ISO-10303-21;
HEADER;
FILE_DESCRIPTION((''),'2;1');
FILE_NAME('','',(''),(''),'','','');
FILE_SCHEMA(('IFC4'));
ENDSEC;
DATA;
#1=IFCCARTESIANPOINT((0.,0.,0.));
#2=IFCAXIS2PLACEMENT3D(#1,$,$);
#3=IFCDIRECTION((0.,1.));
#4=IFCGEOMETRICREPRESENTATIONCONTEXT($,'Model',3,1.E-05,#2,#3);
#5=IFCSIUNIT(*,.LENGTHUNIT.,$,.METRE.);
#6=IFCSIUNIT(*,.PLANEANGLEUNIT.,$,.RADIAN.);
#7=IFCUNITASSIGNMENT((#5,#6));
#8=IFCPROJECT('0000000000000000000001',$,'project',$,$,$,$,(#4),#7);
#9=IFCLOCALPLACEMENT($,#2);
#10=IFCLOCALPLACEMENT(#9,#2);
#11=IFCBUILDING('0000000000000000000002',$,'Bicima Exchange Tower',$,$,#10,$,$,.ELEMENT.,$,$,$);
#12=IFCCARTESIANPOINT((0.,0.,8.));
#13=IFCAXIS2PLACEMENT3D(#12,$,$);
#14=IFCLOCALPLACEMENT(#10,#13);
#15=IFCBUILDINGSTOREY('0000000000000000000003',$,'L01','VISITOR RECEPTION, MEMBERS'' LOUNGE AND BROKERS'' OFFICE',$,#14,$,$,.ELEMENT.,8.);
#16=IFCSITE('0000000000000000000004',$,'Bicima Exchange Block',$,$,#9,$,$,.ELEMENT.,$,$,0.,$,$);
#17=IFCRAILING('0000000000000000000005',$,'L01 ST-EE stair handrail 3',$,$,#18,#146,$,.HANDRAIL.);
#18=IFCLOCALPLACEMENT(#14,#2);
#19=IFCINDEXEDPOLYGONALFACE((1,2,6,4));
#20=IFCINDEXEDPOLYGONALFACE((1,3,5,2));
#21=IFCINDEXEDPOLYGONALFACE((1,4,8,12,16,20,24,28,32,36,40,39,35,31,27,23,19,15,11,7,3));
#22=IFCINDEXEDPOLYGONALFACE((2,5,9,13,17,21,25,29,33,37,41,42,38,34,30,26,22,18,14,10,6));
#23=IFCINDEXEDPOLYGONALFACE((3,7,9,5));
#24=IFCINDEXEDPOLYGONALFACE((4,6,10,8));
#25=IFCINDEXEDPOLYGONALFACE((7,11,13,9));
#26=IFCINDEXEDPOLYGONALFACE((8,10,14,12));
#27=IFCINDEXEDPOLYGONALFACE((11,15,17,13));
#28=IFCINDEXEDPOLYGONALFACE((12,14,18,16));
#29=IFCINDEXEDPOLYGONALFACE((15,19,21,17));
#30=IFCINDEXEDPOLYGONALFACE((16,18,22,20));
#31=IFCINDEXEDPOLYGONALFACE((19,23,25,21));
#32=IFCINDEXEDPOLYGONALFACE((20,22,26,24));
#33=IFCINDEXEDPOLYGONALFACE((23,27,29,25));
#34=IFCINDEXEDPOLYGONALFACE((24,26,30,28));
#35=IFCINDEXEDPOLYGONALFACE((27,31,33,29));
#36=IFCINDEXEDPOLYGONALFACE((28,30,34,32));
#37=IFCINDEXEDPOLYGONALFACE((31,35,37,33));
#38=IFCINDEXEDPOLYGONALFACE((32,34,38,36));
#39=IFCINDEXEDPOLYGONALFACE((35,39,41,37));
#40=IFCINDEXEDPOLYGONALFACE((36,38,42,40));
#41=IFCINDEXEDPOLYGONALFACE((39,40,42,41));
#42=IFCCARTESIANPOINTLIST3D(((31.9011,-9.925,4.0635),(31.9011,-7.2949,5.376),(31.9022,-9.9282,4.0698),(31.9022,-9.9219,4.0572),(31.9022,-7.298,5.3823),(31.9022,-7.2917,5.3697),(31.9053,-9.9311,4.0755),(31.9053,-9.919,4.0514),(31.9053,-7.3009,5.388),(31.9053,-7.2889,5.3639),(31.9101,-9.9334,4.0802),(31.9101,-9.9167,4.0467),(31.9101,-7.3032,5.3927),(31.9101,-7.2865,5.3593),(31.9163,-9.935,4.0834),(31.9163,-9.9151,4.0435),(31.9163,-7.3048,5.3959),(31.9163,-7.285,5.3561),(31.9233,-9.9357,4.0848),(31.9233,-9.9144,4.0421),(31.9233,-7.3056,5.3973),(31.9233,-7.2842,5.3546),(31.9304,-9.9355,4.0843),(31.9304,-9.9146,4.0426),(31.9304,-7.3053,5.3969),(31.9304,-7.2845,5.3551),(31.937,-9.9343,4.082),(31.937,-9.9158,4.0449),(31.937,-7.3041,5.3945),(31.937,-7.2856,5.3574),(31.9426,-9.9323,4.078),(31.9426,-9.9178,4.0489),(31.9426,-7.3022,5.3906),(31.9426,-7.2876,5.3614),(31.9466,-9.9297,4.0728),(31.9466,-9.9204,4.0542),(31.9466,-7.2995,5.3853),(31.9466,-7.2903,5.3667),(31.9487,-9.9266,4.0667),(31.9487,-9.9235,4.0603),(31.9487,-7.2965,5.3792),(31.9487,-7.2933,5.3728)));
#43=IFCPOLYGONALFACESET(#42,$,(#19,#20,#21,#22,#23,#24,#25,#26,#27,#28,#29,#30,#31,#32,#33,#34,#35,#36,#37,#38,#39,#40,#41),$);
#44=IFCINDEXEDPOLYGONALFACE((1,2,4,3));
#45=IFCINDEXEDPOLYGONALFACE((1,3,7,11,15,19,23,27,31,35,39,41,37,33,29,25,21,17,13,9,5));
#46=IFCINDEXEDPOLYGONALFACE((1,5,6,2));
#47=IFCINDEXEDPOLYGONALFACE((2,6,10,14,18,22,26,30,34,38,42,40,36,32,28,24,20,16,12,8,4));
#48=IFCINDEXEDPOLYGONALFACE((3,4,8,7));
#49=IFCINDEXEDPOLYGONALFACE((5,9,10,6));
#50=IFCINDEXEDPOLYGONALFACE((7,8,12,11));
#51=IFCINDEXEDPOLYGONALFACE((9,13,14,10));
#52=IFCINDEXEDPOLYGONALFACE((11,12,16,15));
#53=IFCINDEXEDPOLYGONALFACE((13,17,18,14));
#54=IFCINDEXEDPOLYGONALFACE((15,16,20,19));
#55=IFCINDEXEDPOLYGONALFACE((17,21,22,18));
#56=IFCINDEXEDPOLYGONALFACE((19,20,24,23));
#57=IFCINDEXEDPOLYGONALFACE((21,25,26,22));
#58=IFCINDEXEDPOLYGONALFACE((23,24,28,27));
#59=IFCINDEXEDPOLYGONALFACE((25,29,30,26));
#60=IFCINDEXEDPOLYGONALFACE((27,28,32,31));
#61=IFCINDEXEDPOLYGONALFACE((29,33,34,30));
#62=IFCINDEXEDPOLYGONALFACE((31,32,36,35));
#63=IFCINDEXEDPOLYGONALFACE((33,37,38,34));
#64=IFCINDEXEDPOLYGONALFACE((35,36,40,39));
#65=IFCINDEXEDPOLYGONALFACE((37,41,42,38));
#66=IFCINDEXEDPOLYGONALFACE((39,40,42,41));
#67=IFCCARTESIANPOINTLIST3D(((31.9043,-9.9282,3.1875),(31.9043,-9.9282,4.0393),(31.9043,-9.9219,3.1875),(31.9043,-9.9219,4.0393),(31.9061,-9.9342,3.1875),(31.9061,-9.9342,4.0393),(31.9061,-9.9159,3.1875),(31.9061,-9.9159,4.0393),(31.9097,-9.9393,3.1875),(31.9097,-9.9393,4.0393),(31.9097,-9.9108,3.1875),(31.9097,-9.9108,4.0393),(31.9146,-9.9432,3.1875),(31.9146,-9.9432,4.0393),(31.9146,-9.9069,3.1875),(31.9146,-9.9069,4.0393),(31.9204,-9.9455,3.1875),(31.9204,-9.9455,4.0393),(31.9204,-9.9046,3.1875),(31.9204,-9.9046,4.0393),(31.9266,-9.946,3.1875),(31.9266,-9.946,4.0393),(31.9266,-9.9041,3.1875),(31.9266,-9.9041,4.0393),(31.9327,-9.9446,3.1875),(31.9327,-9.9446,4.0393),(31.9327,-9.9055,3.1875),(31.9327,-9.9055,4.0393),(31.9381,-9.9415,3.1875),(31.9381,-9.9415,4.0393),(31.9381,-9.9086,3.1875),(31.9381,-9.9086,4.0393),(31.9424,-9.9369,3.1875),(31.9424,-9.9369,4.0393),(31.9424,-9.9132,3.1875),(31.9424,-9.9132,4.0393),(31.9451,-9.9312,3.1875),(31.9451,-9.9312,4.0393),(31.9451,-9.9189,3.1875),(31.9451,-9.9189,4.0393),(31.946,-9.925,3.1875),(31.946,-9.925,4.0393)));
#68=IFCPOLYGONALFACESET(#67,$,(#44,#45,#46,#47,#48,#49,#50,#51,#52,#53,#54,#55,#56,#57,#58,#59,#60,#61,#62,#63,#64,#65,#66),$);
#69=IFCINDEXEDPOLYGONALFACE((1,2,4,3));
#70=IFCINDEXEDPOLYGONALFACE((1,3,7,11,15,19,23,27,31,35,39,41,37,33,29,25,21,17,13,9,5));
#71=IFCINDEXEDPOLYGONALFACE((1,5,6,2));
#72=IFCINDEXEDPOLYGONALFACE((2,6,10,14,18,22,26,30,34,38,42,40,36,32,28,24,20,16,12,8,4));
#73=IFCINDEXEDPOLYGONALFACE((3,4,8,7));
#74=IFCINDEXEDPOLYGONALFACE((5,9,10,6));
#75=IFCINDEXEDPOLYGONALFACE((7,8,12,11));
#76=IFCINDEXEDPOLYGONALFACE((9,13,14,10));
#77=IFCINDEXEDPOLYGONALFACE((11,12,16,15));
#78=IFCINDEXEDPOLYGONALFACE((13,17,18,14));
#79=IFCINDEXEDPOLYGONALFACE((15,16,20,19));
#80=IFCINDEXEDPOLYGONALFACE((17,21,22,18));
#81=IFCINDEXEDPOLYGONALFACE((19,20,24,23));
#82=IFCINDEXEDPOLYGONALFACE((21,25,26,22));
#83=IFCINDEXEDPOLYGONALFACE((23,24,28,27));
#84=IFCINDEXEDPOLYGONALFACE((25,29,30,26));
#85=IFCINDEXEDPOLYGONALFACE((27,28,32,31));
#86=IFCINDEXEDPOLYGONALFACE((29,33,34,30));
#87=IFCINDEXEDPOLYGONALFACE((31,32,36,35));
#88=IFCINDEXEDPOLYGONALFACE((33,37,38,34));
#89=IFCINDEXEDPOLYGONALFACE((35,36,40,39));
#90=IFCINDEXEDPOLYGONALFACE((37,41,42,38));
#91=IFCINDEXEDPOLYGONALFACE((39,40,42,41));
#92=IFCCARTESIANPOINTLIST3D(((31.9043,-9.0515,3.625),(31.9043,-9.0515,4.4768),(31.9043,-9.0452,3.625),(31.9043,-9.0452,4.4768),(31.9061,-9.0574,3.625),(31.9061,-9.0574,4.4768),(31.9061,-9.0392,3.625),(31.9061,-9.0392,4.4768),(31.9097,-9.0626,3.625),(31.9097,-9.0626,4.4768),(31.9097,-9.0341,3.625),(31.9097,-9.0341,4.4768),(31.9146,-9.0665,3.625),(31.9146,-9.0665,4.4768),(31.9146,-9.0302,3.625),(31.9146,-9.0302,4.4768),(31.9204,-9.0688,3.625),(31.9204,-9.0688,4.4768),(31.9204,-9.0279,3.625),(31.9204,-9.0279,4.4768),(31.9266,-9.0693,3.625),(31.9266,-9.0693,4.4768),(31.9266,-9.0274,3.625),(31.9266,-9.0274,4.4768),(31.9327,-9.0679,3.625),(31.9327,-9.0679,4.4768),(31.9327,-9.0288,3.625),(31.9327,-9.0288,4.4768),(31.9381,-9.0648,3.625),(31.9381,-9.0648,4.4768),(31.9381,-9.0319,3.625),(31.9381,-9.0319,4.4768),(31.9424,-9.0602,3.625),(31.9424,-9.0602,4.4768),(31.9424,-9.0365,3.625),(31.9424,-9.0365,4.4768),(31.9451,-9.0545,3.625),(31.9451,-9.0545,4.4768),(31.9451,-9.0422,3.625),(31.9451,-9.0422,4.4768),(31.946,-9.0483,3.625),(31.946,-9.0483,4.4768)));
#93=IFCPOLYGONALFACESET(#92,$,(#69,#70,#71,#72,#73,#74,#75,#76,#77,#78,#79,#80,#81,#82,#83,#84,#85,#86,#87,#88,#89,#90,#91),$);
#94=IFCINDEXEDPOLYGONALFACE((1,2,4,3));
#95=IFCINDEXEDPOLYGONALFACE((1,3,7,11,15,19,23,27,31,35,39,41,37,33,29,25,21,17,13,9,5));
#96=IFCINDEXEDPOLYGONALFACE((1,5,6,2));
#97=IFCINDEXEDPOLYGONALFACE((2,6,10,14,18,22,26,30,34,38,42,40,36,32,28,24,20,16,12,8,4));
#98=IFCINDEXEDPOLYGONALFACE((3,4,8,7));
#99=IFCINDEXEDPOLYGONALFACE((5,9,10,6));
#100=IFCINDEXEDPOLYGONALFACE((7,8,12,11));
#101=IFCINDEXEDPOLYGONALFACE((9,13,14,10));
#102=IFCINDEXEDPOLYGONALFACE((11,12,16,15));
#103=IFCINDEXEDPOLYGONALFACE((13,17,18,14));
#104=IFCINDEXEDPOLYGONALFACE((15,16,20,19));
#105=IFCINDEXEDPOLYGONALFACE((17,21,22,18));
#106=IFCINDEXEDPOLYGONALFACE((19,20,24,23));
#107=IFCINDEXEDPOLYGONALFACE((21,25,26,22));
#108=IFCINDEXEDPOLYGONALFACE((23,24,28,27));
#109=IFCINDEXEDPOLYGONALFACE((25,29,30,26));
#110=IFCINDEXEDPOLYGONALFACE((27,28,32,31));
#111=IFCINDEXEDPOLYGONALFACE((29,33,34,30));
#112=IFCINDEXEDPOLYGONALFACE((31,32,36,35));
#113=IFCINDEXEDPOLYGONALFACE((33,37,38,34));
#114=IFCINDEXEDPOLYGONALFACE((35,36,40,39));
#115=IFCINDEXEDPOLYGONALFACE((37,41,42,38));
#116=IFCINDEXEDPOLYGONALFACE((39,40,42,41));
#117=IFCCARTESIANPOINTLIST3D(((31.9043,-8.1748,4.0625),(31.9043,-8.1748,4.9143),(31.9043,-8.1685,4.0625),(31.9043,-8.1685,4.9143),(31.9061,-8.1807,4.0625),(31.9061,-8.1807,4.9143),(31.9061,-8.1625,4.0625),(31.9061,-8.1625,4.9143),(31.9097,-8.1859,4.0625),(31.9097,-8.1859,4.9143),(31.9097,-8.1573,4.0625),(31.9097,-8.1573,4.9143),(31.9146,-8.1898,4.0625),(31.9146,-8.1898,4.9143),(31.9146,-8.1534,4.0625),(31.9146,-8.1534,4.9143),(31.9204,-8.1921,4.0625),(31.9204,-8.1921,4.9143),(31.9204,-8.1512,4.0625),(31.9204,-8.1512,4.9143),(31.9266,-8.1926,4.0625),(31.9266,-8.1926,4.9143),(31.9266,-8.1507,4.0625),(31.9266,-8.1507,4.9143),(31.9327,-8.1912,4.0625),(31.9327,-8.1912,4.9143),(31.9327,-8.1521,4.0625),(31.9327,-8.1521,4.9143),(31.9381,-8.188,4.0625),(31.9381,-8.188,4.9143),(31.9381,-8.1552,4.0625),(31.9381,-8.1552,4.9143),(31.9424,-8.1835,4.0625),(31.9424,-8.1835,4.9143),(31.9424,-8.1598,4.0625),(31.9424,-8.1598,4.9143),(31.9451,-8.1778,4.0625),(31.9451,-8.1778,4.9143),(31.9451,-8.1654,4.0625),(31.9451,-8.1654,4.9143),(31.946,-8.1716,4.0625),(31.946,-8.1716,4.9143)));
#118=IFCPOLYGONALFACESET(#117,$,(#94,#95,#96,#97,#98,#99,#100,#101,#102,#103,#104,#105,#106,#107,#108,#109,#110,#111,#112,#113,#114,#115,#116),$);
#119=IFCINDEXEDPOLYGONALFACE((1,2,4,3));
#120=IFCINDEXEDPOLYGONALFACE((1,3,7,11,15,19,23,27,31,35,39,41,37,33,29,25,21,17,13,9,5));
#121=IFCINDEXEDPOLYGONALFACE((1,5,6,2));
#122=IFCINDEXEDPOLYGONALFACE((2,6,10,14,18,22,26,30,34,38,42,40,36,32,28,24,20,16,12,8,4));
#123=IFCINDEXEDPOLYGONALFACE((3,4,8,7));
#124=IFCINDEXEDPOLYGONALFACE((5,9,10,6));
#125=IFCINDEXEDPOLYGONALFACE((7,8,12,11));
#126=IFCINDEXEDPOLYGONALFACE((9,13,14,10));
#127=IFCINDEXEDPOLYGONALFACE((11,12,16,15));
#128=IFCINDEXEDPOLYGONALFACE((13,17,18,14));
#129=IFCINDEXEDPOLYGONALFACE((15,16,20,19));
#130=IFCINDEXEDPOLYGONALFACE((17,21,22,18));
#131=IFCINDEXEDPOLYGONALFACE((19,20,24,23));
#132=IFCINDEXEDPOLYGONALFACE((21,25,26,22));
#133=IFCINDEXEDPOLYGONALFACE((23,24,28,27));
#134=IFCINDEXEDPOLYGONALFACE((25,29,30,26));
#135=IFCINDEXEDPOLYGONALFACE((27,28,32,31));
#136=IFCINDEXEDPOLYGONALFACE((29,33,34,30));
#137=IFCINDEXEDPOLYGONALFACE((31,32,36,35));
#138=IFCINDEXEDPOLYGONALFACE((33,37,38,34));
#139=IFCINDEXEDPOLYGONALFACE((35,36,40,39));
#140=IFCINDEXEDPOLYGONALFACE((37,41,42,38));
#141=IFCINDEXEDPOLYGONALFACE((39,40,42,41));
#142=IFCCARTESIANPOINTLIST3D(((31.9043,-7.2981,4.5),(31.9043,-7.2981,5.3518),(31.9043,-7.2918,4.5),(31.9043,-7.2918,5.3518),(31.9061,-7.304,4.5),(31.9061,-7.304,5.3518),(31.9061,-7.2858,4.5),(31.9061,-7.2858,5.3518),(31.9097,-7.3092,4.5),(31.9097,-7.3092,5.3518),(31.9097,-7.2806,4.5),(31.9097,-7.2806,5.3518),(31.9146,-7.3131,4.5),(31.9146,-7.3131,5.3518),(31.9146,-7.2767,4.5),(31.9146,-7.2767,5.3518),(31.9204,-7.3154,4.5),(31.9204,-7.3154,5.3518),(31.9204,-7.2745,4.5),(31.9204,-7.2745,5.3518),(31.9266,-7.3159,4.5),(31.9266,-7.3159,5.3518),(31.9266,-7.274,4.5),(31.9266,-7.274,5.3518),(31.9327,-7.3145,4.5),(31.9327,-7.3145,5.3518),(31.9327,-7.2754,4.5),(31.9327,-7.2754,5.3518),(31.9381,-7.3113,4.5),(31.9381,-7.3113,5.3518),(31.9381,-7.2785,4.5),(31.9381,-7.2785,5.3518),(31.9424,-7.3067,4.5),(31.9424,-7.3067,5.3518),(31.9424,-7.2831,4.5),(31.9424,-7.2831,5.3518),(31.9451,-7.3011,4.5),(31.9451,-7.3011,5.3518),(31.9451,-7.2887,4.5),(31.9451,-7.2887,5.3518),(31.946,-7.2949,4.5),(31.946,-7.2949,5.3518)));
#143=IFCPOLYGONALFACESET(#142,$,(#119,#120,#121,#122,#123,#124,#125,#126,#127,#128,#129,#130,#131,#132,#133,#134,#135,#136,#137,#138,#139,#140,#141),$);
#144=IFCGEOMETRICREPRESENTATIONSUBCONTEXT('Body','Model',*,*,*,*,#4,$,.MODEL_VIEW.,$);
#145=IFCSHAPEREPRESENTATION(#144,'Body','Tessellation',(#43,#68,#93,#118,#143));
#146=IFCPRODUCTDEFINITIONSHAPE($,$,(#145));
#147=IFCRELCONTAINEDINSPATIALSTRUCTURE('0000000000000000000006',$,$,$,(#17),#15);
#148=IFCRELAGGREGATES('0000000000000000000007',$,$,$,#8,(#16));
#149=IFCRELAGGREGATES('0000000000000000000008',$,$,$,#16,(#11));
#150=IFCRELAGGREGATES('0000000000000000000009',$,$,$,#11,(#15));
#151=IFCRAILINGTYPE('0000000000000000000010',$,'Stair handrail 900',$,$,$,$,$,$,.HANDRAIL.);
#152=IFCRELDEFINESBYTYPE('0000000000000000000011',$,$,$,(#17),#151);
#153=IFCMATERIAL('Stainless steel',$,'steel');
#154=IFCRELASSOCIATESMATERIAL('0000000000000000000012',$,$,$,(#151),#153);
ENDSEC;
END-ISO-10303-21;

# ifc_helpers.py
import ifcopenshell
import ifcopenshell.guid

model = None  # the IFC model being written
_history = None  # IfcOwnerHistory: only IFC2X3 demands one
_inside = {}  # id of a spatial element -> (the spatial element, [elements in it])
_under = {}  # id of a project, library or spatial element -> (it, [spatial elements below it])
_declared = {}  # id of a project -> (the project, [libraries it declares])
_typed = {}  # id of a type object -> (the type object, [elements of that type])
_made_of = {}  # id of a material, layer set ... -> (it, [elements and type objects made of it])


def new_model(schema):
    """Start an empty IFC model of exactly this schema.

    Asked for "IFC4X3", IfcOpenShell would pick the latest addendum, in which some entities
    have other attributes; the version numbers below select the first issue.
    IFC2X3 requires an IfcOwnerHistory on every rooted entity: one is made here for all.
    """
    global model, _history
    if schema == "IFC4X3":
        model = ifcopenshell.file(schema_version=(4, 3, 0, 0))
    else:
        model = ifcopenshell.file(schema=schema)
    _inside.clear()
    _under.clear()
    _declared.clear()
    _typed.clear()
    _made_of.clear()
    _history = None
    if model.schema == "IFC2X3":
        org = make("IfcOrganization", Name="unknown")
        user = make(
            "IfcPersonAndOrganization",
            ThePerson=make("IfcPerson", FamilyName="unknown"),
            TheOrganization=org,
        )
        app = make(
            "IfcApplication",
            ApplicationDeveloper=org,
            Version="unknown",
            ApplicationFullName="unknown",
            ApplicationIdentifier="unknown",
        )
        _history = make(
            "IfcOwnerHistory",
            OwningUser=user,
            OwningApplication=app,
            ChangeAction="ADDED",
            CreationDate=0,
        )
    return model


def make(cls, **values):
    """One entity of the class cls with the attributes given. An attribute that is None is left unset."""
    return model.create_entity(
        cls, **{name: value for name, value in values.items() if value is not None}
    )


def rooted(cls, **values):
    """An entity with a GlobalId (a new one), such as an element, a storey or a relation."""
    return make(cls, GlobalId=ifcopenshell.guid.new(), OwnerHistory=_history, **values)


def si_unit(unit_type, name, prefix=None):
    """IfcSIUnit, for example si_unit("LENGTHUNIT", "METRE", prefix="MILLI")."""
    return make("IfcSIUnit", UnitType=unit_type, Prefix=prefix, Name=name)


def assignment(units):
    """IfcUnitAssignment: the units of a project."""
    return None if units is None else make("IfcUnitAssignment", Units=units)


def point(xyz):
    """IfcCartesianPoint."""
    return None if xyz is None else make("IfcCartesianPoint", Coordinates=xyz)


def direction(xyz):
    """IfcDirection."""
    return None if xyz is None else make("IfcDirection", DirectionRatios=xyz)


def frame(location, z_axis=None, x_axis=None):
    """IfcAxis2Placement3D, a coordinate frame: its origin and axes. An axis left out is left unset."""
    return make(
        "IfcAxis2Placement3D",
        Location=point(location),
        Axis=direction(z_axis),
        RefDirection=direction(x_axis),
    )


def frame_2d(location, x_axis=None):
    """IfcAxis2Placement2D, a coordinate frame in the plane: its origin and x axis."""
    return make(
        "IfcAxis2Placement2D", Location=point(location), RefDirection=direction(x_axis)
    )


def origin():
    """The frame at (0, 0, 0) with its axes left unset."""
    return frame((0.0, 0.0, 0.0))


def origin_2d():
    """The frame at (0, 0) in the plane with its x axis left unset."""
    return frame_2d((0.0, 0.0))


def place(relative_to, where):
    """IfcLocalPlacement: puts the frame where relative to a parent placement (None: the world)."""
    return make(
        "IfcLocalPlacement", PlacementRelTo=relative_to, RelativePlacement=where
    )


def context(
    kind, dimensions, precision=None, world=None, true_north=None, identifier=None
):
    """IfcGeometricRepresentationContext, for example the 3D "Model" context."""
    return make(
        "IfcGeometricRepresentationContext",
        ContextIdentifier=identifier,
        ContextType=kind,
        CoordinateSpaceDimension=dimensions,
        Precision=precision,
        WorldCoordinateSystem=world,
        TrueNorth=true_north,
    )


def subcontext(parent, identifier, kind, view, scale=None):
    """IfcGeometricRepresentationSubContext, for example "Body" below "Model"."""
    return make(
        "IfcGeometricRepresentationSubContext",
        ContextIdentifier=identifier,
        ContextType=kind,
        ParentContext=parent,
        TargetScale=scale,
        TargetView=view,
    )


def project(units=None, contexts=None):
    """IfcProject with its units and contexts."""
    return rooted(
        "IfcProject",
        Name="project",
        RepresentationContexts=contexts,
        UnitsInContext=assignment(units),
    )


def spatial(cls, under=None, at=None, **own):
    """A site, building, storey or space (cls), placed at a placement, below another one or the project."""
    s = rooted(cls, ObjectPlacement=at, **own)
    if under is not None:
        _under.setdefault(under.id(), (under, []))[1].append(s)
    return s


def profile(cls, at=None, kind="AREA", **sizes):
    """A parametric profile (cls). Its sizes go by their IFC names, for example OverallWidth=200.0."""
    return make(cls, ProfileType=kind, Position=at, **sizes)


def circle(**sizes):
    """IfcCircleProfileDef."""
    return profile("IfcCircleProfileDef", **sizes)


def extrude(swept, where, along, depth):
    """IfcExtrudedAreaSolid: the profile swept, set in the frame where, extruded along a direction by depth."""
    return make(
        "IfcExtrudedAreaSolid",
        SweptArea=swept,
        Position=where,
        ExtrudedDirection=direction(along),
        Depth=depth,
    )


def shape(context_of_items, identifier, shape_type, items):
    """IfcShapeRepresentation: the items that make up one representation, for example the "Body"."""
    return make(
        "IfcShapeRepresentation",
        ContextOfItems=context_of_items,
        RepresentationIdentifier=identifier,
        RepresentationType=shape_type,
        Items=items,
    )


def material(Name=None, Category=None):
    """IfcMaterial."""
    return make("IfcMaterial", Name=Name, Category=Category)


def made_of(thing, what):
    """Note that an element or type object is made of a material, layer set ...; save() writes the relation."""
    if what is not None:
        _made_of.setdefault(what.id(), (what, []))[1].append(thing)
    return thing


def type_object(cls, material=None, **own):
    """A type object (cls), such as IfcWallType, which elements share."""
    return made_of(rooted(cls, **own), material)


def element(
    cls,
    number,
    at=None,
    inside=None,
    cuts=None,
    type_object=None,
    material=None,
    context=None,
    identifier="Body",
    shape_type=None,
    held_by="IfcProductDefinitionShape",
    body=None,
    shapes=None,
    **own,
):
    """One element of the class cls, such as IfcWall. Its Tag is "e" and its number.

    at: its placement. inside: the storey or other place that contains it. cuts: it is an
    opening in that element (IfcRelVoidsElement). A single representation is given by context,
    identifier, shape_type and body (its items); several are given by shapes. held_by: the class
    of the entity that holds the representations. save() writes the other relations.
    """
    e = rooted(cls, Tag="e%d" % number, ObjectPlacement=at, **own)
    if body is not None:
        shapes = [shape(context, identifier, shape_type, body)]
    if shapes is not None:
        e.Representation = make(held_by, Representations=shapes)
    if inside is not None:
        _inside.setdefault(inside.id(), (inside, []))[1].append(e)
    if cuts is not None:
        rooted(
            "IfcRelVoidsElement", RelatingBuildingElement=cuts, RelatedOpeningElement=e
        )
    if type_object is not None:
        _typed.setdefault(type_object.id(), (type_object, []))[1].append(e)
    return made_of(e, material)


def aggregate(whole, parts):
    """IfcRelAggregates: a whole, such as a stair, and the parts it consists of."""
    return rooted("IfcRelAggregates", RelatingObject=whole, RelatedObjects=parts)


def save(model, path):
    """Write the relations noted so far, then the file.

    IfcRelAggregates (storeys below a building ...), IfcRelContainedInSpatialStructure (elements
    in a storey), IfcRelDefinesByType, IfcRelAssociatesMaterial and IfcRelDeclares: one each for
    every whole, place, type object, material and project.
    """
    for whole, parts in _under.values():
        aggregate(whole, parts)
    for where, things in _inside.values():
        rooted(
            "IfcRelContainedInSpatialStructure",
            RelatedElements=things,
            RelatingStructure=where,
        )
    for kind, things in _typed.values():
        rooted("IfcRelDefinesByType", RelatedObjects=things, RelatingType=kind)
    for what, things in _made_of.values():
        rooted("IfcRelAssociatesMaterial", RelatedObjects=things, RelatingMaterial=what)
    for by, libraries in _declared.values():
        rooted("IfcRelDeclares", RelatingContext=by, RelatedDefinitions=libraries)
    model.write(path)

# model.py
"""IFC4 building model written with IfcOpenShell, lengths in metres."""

from ifc_helpers import new_model, si_unit, direction, frame, origin, origin_2d, place, context, subcontext, project, spatial, circle, extrude, material, type_object, element, save


model = new_model("IFC4")

# Units and contexts
model_context = context("Model", 3, precision=1e-05, world=origin(), true_north=direction((0.0, 1.0)))
body_context = subcontext(model_context, "Body", "Model", "MODEL_VIEW")
ifc_project = project(units=[si_unit("LENGTHUNIT", "METRE"), si_unit("PLANEANGLEUNIT", "RADIAN")], contexts=[model_context])

# Site, building, storey
site_placement = place(None, origin())
site = spatial("IfcSite", under=ifc_project, at=site_placement, Name="Bicima Exchange Block", CompositionType="ELEMENT", RefElevation=0.0)
building_placement = place(site_placement, origin())
building = spatial("IfcBuilding", under=site, at=building_placement, Name="Bicima Exchange Tower", CompositionType="ELEMENT")
storey_placement = place(building_placement, frame((0.0, 0.0, 8.0)))
storey = spatial("IfcBuildingStorey", under=building, at=storey_placement, Name="L01", Description="VISITOR RECEPTION, MEMBERS' LOUNGE AND BROKERS' OFFICE", CompositionType="ELEMENT", Elevation=8.0)

# Railing
ifc_material_1 = material(Name="Stainless steel", Category="steel")
railing_type_1 = type_object("IfcRailingType", Name="Stair handrail 900", PredefinedType="HANDRAIL", material=ifc_material_1)
railing_1_placement = place(storey_placement, frame((31.925, -9.925, 3.1875)))
element("IfcRailing", 1, at=railing_1_placement, inside=storey, type_object=railing_type_1, Name="L01 ST-EE stair handrail 3", PredefinedType="HANDRAIL", context=body_context, shape_type="SweptSolid", body=[
    extrude(circle(Radius=0.0239, at=origin_2d()), frame((0.0, 0.0, 0.876), z_axis=(0.0, 0.894776, 0.446516), x_axis=(-1.0, 0.0, 0.0)), (0.0, 0.0, 1.0), 2.9395),
    extrude(circle(Radius=0.021, at=origin_2d()), origin(), (0.0, 0.0, 1.0), 0.8518),
    extrude(circle(Radius=0.021, at=origin_2d()), frame((0.0, 0.8767, 0.4375)), (0.0, 0.0, 1.0), 0.8518),
    extrude(circle(Radius=0.021, at=origin_2d()), frame((0.0, 1.7534, 0.875)), (0.0, 0.0, 1.0), 0.8518),
    extrude(circle(Radius=0.021, at=origin_2d()), frame((0.0, 2.6301, 1.3125)), (0.0, 0.0, 1.0), 0.8518),
])

save(model, "model.ifc")
